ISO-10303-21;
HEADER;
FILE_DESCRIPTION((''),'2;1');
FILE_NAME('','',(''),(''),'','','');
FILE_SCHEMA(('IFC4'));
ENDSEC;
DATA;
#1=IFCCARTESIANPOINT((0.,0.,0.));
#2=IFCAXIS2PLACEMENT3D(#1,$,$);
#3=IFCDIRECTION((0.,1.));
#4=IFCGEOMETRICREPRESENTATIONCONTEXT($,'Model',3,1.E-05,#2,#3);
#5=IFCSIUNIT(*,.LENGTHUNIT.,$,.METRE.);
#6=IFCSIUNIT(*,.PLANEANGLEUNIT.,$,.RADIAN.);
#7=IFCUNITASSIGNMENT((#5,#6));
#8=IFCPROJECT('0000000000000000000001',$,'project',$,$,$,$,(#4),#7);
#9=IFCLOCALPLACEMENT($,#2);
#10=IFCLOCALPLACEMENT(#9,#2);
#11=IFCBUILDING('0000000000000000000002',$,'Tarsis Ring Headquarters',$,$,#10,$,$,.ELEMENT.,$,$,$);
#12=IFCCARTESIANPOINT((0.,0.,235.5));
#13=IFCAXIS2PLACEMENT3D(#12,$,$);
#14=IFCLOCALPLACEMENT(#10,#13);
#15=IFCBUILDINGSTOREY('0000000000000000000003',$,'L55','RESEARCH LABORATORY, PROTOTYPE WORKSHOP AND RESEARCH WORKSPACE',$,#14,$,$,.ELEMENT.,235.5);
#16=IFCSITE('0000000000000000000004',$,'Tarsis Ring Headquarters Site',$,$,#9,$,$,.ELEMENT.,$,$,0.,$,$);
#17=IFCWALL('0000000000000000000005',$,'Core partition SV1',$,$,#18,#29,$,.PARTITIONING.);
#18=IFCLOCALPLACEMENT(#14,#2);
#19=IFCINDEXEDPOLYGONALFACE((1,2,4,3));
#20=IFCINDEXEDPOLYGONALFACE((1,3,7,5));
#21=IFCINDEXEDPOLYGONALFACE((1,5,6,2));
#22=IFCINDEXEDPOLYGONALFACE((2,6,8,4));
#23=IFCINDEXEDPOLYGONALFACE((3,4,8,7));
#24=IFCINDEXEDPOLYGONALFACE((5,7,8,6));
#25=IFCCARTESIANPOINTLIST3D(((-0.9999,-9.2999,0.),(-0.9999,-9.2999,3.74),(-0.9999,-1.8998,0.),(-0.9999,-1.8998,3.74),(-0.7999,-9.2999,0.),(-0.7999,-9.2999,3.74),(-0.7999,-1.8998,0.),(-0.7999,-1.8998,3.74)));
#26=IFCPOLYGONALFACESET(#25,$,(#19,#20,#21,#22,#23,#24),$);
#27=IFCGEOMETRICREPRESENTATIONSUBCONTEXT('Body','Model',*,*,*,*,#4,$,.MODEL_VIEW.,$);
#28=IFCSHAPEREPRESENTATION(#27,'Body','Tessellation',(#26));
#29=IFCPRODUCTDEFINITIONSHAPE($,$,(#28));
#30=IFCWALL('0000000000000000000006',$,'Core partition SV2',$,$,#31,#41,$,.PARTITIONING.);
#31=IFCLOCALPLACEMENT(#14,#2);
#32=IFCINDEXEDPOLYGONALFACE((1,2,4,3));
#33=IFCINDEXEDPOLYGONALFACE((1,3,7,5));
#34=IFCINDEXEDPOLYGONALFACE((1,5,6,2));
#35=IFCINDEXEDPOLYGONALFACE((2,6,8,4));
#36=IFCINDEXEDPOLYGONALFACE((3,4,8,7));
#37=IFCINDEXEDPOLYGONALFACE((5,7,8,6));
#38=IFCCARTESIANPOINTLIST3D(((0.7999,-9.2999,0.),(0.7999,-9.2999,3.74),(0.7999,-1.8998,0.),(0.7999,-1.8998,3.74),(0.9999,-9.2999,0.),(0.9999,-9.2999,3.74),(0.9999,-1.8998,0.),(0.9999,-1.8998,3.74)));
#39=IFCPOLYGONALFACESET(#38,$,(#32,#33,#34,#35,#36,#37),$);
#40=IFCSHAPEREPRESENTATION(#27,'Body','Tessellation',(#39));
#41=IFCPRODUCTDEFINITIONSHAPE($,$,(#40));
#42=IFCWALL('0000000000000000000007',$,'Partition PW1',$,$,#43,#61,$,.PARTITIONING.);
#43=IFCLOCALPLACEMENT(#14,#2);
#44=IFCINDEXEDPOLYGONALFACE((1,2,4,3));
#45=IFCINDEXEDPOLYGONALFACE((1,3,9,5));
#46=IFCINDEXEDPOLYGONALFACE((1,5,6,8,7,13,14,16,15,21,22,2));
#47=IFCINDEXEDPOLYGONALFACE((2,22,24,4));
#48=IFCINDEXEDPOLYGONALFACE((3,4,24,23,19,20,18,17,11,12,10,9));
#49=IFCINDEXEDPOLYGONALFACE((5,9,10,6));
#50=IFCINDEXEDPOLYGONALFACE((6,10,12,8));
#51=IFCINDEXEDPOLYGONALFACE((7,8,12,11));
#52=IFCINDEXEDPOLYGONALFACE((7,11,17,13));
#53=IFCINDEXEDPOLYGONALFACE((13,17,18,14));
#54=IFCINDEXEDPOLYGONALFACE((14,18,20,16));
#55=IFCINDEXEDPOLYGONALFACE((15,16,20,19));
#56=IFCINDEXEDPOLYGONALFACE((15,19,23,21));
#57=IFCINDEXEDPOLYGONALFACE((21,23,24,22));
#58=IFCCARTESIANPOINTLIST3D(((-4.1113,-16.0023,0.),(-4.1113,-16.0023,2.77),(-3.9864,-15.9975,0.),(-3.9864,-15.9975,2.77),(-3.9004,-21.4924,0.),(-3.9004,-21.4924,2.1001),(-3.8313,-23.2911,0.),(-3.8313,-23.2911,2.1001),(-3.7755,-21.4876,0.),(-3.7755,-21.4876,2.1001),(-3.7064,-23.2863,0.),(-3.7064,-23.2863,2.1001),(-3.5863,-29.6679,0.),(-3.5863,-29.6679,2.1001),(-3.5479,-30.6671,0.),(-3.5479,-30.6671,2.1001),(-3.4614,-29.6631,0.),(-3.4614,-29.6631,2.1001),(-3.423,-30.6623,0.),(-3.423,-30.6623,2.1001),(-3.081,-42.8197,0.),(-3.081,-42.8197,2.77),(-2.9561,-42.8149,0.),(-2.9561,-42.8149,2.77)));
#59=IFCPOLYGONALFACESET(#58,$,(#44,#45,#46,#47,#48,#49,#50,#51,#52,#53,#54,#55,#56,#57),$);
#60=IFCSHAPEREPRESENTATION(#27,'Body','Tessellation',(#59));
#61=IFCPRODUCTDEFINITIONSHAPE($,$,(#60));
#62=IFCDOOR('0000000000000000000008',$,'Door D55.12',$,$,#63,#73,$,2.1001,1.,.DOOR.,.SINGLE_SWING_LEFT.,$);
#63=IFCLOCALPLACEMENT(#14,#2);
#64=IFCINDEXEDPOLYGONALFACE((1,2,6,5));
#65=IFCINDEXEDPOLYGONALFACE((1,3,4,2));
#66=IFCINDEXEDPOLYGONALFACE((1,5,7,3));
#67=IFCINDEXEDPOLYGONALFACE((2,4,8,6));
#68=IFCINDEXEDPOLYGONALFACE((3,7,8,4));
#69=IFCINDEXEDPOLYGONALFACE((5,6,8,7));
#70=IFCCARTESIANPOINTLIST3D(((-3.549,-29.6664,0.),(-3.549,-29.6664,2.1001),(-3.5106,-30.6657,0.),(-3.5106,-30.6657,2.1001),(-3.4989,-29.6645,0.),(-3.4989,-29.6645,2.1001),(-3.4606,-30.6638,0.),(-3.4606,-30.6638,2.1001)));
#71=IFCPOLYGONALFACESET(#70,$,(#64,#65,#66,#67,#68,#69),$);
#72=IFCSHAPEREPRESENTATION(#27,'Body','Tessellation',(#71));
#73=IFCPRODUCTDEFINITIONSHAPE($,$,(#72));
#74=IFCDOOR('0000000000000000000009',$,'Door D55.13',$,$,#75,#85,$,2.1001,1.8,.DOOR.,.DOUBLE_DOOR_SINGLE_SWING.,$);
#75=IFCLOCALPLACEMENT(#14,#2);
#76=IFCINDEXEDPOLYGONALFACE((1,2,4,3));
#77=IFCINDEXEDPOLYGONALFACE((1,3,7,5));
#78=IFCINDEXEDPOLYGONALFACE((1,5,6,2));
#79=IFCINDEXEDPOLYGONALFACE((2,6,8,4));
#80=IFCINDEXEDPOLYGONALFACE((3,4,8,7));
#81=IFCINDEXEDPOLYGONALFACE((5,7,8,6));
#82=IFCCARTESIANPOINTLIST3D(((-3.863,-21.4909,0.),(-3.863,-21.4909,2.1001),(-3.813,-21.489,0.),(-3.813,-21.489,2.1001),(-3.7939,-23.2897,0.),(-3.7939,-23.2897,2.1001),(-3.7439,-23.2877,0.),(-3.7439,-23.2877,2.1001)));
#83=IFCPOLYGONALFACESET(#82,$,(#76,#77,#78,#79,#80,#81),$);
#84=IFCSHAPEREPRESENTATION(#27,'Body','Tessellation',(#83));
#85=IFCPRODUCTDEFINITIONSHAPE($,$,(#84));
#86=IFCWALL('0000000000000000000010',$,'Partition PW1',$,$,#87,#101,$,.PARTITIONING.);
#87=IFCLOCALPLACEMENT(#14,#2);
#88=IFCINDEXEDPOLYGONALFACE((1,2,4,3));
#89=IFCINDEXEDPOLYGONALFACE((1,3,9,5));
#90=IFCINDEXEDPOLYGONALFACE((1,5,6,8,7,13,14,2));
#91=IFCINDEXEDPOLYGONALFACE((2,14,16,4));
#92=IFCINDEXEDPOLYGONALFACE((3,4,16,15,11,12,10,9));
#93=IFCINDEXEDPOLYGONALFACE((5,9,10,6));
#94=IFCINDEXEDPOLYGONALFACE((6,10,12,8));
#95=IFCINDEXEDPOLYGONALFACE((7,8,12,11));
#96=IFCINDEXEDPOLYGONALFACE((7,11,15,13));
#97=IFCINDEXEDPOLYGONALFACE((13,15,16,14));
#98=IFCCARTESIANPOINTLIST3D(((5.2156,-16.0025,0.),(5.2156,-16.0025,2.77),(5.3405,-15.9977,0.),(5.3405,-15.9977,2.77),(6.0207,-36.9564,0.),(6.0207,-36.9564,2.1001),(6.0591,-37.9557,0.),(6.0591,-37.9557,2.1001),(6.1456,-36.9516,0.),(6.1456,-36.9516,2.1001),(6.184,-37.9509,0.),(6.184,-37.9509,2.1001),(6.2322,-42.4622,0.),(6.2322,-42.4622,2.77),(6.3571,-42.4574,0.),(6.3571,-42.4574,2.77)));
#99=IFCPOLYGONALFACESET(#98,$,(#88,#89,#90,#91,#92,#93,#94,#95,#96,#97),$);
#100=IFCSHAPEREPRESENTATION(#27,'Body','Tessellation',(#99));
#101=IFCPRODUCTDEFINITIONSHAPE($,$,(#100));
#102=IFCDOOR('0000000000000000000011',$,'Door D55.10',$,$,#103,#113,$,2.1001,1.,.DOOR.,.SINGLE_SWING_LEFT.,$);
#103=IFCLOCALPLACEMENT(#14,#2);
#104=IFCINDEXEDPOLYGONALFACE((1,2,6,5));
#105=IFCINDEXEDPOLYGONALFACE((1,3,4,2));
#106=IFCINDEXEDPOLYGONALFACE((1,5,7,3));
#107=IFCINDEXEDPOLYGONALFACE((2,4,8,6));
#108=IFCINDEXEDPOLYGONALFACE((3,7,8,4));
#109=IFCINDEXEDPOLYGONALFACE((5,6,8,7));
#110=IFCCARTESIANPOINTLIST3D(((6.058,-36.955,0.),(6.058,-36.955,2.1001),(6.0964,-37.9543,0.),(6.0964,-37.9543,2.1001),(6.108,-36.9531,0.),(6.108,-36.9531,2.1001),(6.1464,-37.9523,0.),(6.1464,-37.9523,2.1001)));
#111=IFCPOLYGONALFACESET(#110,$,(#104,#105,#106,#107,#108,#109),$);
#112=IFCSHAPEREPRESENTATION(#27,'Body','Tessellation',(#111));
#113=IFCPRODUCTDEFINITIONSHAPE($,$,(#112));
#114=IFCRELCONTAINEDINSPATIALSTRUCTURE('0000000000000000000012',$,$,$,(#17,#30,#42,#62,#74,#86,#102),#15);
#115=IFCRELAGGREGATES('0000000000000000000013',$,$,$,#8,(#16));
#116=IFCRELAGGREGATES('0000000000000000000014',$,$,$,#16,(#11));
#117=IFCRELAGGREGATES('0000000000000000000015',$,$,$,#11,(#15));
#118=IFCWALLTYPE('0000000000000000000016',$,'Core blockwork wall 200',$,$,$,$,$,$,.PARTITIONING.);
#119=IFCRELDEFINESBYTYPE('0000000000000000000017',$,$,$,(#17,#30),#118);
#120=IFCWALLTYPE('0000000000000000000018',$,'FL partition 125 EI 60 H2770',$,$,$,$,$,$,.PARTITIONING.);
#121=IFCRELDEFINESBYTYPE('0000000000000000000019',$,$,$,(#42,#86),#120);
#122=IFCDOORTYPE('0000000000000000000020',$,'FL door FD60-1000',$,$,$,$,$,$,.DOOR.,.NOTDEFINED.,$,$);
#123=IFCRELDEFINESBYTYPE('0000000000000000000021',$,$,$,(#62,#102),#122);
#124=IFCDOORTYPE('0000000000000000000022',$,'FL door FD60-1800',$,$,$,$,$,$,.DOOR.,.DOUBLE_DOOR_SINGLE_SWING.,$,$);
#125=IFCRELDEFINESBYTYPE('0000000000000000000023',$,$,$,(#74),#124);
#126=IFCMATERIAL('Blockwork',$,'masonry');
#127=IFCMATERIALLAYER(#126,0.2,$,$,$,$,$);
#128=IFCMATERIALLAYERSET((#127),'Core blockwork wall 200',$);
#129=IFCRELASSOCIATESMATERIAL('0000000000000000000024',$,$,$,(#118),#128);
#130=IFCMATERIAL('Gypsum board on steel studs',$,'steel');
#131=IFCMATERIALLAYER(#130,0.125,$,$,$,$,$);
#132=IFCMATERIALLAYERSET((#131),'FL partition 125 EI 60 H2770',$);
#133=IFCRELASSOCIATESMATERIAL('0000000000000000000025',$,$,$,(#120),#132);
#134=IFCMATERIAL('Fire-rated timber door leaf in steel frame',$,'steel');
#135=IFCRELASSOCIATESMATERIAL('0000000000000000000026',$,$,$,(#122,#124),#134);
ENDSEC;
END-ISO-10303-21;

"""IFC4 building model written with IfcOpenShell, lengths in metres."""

from ifc_helpers import new_model, si_unit, direction, frame, frame_2d, origin, place, context, subcontext, project, spatial, rectangle, extrude, material, layer, layer_set, type_object, element, fill, save


model = new_model("IFC4")

# Units and contexts
model_context = context("Model", 3, precision=1e-05, world=origin(), true_north=direction((0.0, 1.0)))
body_context = subcontext(model_context, "Body", "Model", "MODEL_VIEW")
ifc_project = project(units=[si_unit("LENGTHUNIT", "METRE"), si_unit("PLANEANGLEUNIT", "RADIAN")], contexts=[model_context])

# Site, building, storey
site_placement = place(None, origin())
site = spatial("IfcSite", under=ifc_project, at=site_placement, Name="Tarsis Ring Headquarters Site", CompositionType="ELEMENT", RefElevation=0.0)
building_placement = place(site_placement, origin())
building = spatial("IfcBuilding", under=site, at=building_placement, Name="Tarsis Ring Headquarters", CompositionType="ELEMENT")
storey_placement = place(building_placement, frame((0.0, 0.0, 235.5)))
storey = spatial("IfcBuildingStorey", under=building, at=storey_placement, Name="L55", Description="RESEARCH LABORATORY, PROTOTYPE WORKSHOP AND RESEARCH WORKSPACE", CompositionType="ELEMENT", Elevation=235.5)

# Walls
ifc_material_1 = material(Name="Blockwork", Category="masonry")
ifc_layer_1 = layer(ifc_material_1, 0.2)
ifc_layer_set_1 = layer_set([ifc_layer_1], Name="Core blockwork wall 200")
wall_type_1 = type_object("IfcWallType", Name="Core blockwork wall 200", PredefinedType="PARTITIONING", material=ifc_layer_set_1)
for number, where, z_axis, x_axis, name in (
    (1, (-0.8999, -9.3, 0.0), (0.0, 0.0, 1.0), (0.0, 1.0, 0.0), "Core partition SV1"),
    (2, (0.8999, -9.3, 0.0), (0.0, 0.0, 1.0), (0.0, 1.0, 0.0), "Core partition SV2"),
):
    element("IfcWall", number, at=place(storey_placement, frame(where, z_axis=z_axis, x_axis=x_axis)), inside=storey, type_object=wall_type_1, Name=name, PredefinedType="PARTITIONING", context=body_context, shape_type="SweptSolid", body=[
        extrude(rectangle(XDim=7.4001, YDim=0.2, at=frame_2d((3.7002, 0.0))), origin(), (0.0, 0.0, 1.0), 3.74),
    ])

# Wall, openings, doors
ifc_material_2 = material(Name="Gypsum board on steel studs", Category="steel")
ifc_layer_2 = layer(ifc_material_2, 0.125)
ifc_layer_set_2 = layer_set([ifc_layer_2], Name="FL partition 125 EI 60 H2770")
wall_type_2 = type_object("IfcWallType", Name="FL partition 125 EI 60 H2770", PredefinedType="PARTITIONING", material=ifc_layer_set_2)
wall_1_placement = place(storey_placement, frame((-4.0488, -16.0, 0.0), z_axis=(0.0, 0.0, 1.0), x_axis=(0.03839, -0.999263, 0.0)))
wall_1 = element("IfcWall", 3, at=wall_1_placement, inside=storey, type_object=wall_type_2, Name="Partition PW1", PredefinedType="PARTITIONING", context=body_context, shape_type="SweptSolid", body=[
    extrude(rectangle(XDim=26.8372, YDim=0.125, at=frame_2d((13.4185, 0.0))), origin(), (0.0, 0.0, 1.0), 2.77),
])
opening_1_placement = place(wall_1_placement, frame((13.6755, 0.0, 0.0)))
opening_1 = element("IfcOpeningElement", 4, at=opening_1_placement, cuts=wall_1, PredefinedType="OPENING", context=body_context, shape_type="SweptSolid", body=[
    extrude(rectangle(XDim=1.0, YDim=2.1001, at=frame_2d((0.5, 1.05))), frame((0.0, 0.0725, 0.0), z_axis=(0.0, -1.0, 0.0), x_axis=(1.0, 0.0, 0.0)), (0.0, 0.0, 1.0), 0.145),
])
opening_2_placement = place(wall_1_placement, frame((5.4941, 0.0, 0.0)))
opening_2 = element("IfcOpeningElement", 5, at=opening_2_placement, cuts=wall_1, PredefinedType="OPENING", context=body_context, shape_type="SweptSolid", body=[
    extrude(rectangle(XDim=1.8, YDim=2.1001, at=frame_2d((0.8999, 1.05))), frame((0.0, 0.0725, 0.0), z_axis=(0.0, -1.0, 0.0), x_axis=(1.0, 0.0, 0.0)), (0.0, 0.0, 1.0), 0.145),
])
ifc_material_3 = material(Name="Fire-rated timber door leaf in steel frame", Category="steel")
door_type_1 = type_object("IfcDoorType", Name="FL door FD60-1000", OperationType="NOTDEFINED", PredefinedType="DOOR", material=ifc_material_3)
door_1_placement = place(opening_1_placement, origin())
door_1 = element("IfcDoor", 6, at=door_1_placement, inside=storey, type_object=door_type_1, Name="Door D55.12", OperationType="SINGLE_SWING_LEFT", OverallHeight=2.1001, OverallWidth=1.0, PredefinedType="DOOR", context=body_context, shape_type="SweptSolid", body=[
    extrude(rectangle(XDim=1.0, YDim=2.1001, at=frame_2d((0.5, 1.05))), frame((0.0, 0.0249, 0.0), z_axis=(0.0, -1.0, 0.0), x_axis=(1.0, 0.0, 0.0)), (0.0, 0.0, 1.0), 0.05),
])
fill(opening_1, door_1)
door_type_2 = type_object("IfcDoorType", Name="FL door FD60-1800", OperationType="DOUBLE_DOOR_SINGLE_SWING", PredefinedType="DOOR", material=ifc_material_3)
door_2_placement = place(opening_2_placement, origin())
door_2 = element("IfcDoor", 7, at=door_2_placement, inside=storey, type_object=door_type_2, Name="Door D55.13", OperationType="DOUBLE_DOOR_SINGLE_SWING", OverallHeight=2.1001, OverallWidth=1.8, PredefinedType="DOOR", context=body_context, shape_type="SweptSolid", body=[
    extrude(rectangle(XDim=1.8, YDim=2.1001, at=frame_2d((0.8999, 1.05))), frame((0.0, 0.0249, 0.0), z_axis=(0.0, -1.0, 0.0), x_axis=(1.0, 0.0, 0.0)), (0.0, 0.0, 1.0), 0.05),
])
fill(opening_2, door_2)

# Wall, opening, door
wall_2_placement = place(storey_placement, frame((5.2781, -16.0, 0.0), z_axis=(0.0, 0.0, 1.0), x_axis=(0.038392, -0.999263, 0.0)))
wall_2 = element("IfcWall", 8, at=wall_2_placement, inside=storey, type_object=wall_type_2, Name="Partition PW1", PredefinedType="PARTITIONING", context=body_context, shape_type="SweptSolid", body=[
    extrude(rectangle(XDim=26.4792, YDim=0.125, at=frame_2d((13.2397, 0.0))), origin(), (0.0, 0.0, 1.0), 2.77),
])
opening_3_placement = place(wall_2_placement, frame((20.9695, 0.0, 0.0)))
opening_3 = element("IfcOpeningElement", 9, at=opening_3_placement, cuts=wall_2, PredefinedType="OPENING", context=body_context, shape_type="SweptSolid", body=[
    extrude(rectangle(XDim=1.0, YDim=2.1001, at=frame_2d((0.5, 1.05))), frame((0.0, 0.0725, 0.0), z_axis=(0.0, -1.0, 0.0), x_axis=(1.0, 0.0, 0.0)), (0.0, 0.0, 1.0), 0.145),
])
door_3_placement = place(opening_3_placement, origin())
door_3 = element("IfcDoor", 10, at=door_3_placement, inside=storey, type_object=door_type_1, Name="Door D55.10", OperationType="SINGLE_SWING_LEFT", OverallHeight=2.1001, OverallWidth=1.0, PredefinedType="DOOR", context=body_context, shape_type="SweptSolid", body=[
    extrude(rectangle(XDim=1.0, YDim=2.1001, at=frame_2d((0.5, 1.05))), frame((0.0, 0.0249, 0.0), z_axis=(0.0, -1.0, 0.0), x_axis=(1.0, 0.0, 0.0)), (0.0, 0.0, 1.0), 0.05),
])
fill(opening_3, door_3)

save(model, "model.ifc")
